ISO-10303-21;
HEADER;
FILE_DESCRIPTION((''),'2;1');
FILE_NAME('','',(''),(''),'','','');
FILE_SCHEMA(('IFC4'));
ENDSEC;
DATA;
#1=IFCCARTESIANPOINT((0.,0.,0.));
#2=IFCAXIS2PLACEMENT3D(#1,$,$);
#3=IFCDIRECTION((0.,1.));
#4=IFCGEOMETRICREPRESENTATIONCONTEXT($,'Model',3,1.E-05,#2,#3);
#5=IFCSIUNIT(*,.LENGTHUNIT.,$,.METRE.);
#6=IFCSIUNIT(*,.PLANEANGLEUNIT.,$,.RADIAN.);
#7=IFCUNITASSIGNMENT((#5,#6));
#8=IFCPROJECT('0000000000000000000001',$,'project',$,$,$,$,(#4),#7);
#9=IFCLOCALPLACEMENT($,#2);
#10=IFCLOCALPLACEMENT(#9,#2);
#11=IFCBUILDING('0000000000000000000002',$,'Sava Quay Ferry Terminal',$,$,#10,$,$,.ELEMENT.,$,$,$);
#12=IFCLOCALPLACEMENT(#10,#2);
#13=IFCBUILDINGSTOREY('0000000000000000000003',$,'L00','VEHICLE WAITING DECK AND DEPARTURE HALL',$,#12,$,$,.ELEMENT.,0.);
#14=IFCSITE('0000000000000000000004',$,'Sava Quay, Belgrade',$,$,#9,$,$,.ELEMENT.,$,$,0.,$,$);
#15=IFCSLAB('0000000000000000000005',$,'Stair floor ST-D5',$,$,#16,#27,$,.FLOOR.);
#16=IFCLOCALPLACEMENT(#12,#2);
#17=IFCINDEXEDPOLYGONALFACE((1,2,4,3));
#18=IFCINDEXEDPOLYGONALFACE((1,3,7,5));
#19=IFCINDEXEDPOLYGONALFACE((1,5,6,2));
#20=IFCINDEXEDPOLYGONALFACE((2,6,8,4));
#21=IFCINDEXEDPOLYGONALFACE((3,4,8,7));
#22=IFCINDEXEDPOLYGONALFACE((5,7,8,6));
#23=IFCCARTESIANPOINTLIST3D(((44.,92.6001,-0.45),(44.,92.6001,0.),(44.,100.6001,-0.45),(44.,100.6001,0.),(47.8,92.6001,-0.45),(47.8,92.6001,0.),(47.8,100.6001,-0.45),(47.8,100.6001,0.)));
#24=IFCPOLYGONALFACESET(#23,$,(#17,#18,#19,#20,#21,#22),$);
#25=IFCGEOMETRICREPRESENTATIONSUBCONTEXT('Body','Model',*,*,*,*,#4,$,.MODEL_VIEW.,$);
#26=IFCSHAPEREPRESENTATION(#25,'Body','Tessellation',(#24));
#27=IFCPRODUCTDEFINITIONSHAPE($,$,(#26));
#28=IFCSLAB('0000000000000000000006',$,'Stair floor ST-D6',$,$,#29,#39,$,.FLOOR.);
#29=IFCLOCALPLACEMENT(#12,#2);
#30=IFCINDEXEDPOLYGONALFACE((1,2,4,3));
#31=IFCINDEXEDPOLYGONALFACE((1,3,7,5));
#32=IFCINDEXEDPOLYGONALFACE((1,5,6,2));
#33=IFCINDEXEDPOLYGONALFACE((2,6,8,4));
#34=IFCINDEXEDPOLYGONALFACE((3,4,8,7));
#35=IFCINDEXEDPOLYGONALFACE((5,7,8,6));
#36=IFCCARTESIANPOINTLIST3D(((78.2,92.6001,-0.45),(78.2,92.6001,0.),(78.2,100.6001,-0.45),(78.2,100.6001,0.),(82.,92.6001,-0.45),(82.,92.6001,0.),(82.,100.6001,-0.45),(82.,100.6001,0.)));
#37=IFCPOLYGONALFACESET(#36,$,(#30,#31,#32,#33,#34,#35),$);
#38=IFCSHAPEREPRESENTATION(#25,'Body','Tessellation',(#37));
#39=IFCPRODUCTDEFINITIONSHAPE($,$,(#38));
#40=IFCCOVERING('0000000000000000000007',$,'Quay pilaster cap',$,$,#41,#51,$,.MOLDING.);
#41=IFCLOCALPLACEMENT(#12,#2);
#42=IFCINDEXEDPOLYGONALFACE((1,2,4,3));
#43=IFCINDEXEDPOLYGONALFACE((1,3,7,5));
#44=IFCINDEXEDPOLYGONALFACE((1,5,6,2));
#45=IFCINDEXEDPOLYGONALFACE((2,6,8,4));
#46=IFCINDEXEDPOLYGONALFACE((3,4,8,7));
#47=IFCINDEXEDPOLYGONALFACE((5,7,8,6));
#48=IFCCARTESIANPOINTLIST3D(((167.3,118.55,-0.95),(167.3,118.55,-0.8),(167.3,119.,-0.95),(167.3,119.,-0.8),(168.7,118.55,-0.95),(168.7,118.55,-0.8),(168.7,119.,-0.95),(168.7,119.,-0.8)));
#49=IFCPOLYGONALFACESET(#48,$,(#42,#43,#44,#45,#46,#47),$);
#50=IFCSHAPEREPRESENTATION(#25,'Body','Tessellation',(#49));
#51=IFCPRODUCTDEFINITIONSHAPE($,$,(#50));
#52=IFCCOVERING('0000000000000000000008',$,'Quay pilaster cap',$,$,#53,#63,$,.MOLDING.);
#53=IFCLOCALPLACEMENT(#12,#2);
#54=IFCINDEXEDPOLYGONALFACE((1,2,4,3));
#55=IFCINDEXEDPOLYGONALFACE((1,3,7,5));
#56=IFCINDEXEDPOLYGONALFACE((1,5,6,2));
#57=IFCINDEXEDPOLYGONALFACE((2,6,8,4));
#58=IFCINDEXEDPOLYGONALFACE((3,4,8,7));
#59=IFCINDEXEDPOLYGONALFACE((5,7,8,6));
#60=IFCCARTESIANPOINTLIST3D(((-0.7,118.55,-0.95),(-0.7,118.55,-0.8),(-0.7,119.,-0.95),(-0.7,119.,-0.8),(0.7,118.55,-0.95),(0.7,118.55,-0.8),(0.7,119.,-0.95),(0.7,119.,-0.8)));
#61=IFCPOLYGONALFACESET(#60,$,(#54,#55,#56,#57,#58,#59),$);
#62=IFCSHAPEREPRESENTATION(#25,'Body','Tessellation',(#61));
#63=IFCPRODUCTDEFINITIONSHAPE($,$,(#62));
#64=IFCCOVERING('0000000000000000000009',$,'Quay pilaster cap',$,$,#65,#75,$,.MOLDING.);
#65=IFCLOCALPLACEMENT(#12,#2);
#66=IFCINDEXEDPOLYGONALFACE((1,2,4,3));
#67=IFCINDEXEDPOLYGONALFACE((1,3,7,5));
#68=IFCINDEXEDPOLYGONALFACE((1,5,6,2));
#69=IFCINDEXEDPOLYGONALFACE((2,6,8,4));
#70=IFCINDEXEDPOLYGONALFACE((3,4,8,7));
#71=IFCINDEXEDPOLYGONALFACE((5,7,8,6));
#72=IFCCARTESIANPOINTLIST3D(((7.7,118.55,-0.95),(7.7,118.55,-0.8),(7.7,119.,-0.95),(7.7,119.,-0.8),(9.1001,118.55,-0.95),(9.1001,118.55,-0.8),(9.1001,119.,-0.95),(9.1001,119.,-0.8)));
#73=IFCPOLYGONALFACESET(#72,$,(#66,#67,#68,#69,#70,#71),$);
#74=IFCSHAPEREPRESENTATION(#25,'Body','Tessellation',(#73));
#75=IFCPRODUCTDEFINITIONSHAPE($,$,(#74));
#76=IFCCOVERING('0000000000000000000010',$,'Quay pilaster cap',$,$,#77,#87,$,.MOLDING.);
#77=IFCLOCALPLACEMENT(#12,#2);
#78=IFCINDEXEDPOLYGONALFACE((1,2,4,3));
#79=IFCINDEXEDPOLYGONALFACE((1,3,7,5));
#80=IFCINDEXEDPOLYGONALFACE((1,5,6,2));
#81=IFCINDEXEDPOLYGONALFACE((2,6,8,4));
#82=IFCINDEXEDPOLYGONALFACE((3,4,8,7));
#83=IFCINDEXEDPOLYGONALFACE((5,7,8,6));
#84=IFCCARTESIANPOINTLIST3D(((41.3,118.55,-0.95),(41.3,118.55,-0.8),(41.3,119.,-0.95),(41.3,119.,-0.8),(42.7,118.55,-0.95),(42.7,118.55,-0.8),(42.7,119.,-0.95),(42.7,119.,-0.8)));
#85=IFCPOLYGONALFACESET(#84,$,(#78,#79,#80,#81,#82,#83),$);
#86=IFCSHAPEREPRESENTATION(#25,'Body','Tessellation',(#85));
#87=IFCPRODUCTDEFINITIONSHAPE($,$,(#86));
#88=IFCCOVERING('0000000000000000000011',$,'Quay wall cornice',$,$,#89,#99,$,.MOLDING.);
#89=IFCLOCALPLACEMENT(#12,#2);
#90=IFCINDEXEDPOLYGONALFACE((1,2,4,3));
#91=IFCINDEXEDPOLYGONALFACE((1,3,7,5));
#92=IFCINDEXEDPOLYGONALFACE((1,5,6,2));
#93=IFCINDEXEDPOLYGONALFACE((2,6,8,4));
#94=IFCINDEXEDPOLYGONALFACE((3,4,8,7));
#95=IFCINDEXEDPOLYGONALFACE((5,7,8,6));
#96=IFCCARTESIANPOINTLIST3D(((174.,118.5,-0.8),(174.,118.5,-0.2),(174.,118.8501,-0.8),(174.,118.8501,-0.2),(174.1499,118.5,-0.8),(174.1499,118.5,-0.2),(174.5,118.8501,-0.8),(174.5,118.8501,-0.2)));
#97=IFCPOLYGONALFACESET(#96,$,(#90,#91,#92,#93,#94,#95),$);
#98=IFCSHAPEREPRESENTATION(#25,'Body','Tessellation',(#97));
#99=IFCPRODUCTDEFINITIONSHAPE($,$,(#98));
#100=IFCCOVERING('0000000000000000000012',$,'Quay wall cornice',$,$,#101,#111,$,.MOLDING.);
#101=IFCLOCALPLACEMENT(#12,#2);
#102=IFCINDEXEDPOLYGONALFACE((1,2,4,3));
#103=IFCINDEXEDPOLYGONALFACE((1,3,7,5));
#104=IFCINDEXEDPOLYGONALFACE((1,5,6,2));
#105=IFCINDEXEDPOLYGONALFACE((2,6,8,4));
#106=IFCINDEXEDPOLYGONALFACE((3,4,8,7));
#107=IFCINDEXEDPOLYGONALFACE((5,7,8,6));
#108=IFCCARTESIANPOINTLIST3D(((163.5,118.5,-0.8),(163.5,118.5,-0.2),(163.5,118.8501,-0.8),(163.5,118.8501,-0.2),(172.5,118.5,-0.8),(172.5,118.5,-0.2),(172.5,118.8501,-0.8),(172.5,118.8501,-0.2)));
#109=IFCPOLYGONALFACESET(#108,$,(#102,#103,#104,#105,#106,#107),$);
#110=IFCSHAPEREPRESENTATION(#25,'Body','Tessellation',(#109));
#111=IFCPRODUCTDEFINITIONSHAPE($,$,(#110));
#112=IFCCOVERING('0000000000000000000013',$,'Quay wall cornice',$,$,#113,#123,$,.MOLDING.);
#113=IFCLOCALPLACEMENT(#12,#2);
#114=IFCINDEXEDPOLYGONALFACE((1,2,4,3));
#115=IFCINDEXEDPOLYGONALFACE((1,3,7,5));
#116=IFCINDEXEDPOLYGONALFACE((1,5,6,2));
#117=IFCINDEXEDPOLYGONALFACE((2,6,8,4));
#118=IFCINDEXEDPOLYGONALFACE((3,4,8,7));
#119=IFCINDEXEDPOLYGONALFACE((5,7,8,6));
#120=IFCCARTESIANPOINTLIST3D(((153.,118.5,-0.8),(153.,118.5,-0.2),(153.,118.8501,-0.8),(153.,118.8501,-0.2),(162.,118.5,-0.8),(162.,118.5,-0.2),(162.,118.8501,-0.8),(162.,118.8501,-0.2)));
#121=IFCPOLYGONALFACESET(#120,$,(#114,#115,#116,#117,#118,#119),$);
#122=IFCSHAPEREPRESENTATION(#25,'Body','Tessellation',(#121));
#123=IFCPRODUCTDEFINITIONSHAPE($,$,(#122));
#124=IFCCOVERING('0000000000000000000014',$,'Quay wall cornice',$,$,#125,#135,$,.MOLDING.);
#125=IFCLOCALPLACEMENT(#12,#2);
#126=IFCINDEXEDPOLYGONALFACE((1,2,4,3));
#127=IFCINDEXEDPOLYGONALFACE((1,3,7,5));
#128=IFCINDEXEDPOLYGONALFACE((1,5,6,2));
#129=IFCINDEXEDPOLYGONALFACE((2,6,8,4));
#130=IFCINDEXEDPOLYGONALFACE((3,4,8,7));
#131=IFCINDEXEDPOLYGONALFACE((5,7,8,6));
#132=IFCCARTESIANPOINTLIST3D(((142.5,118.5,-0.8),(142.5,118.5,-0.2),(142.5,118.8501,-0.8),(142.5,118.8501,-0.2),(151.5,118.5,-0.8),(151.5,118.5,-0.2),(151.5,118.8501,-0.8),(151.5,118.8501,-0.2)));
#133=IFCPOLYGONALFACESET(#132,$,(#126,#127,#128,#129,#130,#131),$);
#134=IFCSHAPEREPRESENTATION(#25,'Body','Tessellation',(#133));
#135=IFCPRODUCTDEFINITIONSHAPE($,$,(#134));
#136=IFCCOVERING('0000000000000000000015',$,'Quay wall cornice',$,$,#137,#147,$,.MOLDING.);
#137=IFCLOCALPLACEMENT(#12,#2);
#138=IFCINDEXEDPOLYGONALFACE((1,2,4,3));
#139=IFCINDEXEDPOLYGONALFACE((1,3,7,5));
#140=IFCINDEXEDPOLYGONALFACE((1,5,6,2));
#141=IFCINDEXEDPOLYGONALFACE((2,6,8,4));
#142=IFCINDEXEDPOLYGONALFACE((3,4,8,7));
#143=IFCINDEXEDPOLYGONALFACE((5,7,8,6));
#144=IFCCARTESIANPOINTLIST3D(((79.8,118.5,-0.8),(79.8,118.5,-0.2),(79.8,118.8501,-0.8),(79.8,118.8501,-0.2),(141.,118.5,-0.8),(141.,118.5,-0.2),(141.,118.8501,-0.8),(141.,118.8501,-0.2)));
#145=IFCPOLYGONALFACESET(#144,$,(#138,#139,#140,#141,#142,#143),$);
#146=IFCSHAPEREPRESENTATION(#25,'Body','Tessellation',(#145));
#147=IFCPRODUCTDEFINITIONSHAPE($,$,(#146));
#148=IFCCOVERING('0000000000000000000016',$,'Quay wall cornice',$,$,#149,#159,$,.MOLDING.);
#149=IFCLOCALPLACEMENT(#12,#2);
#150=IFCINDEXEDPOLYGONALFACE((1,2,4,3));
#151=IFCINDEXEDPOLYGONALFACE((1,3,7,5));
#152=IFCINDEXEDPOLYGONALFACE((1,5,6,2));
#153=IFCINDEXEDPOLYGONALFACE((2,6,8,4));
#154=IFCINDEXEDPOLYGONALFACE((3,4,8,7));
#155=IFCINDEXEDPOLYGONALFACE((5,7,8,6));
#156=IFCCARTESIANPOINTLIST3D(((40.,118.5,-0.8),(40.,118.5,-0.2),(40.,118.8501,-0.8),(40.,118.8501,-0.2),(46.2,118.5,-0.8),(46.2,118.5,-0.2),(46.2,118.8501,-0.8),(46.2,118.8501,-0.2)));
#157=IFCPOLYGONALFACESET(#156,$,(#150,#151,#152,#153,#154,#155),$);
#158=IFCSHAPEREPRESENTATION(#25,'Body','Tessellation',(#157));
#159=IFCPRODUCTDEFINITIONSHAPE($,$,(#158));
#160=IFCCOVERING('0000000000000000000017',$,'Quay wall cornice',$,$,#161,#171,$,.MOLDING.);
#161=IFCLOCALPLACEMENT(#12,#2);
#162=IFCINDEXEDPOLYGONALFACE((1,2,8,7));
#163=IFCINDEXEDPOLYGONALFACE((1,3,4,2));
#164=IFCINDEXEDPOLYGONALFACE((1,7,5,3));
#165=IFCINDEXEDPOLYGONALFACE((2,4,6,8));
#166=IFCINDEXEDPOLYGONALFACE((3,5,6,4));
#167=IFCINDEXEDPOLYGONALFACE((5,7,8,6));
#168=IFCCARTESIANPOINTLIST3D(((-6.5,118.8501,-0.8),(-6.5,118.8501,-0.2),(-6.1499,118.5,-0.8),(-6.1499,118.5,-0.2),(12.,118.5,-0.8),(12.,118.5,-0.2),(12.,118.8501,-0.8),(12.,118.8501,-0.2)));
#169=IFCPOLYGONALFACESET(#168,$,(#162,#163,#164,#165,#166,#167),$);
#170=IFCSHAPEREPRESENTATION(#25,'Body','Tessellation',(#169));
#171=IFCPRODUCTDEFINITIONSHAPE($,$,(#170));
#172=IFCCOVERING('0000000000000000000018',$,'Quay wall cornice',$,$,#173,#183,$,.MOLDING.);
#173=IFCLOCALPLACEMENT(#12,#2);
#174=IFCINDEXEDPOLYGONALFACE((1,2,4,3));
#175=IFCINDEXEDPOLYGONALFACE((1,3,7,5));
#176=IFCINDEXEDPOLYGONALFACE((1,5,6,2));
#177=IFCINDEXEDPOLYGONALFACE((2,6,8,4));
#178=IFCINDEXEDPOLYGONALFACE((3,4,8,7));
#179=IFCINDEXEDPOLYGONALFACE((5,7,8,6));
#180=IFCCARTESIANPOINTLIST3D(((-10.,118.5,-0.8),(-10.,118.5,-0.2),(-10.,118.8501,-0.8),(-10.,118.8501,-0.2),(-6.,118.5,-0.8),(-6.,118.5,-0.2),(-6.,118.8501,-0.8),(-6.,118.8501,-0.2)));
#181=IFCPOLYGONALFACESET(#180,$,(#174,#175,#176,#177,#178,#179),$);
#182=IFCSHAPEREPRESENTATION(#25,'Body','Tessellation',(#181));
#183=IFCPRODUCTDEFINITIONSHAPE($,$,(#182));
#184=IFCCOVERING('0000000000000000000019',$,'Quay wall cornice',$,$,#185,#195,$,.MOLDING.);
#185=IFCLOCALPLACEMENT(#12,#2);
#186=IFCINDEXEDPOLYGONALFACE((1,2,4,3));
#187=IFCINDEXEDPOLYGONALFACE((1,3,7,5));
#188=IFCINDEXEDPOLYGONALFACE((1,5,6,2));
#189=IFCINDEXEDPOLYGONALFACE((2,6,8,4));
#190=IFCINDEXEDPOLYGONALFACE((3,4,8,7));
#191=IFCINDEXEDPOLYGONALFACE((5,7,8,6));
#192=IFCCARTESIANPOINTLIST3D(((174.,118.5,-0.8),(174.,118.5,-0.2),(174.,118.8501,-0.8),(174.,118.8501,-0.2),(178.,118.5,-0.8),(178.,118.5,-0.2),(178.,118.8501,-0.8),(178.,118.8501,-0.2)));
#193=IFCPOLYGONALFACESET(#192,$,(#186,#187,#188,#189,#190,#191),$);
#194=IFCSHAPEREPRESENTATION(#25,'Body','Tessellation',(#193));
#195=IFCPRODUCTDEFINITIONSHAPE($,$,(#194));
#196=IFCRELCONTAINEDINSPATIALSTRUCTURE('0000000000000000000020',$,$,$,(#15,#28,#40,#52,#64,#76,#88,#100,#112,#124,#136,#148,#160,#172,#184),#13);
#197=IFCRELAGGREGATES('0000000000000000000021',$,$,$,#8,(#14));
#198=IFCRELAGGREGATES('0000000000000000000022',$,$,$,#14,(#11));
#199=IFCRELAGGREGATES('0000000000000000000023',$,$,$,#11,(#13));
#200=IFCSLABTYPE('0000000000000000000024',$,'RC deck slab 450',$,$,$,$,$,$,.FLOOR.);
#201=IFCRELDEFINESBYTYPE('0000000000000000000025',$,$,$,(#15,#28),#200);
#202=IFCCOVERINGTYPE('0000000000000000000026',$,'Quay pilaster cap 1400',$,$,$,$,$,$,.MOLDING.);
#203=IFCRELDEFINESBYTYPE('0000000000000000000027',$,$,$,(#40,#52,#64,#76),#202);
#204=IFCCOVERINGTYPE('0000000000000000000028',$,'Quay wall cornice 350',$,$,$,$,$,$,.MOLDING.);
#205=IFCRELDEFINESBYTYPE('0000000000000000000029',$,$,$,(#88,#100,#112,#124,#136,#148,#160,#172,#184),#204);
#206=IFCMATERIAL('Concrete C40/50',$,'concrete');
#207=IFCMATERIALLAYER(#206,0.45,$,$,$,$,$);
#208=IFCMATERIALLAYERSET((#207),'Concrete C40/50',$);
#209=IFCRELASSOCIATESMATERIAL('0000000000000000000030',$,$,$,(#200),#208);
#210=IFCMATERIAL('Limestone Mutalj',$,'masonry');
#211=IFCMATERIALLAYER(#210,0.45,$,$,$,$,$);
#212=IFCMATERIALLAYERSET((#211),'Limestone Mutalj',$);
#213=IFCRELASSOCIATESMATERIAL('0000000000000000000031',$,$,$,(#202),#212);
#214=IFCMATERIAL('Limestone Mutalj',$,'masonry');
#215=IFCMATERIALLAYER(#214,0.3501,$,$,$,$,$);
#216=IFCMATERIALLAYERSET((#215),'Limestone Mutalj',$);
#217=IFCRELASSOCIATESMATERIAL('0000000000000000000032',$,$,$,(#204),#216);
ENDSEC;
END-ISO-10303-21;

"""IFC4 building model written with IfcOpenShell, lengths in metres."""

from ifc_helpers import new_model, si_unit, direction, frame, origin, place, context, subcontext, project, spatial, polyline, outline, extrude, material, layer, layer_set, type_object, element, save


model = new_model("IFC4")

# Units and contexts
model_context = context("Model", 3, precision=1e-05, world=origin(), true_north=direction((0.0, 1.0)))
body_context = subcontext(model_context, "Body", "Model", "MODEL_VIEW")
ifc_project = project(units=[si_unit("LENGTHUNIT", "METRE"), si_unit("PLANEANGLEUNIT", "RADIAN")], contexts=[model_context])

# Site, building, storey
site_placement = place(None, origin())
site = spatial("IfcSite", under=ifc_project, at=site_placement, Name="Sava Quay, Belgrade", CompositionType="ELEMENT", RefElevation=0.0)
building_placement = place(site_placement, origin())
building = spatial("IfcBuilding", under=site, at=building_placement, Name="Sava Quay Ferry Terminal", CompositionType="ELEMENT")
storey_placement = place(building_placement, origin())
storey = spatial("IfcBuildingStorey", under=building, at=storey_placement, Name="L00", Description="VEHICLE WAITING DECK AND DEPARTURE HALL", CompositionType="ELEMENT", Elevation=0.0)

# Slabs
ifc_material_1 = material(Name="Concrete C40/50", Category="concrete")
ifc_layer_1 = layer(ifc_material_1, 0.45)
ifc_layer_set_1 = layer_set([ifc_layer_1], Name="Concrete C40/50")
slab_type = type_object("IfcSlabType", Name="RC deck slab 450", PredefinedType="FLOOR", material=ifc_layer_set_1)
slab_1_placement = place(storey_placement, frame((0.0, 0.0, -0.45)))
element("IfcSlab", 1, at=slab_1_placement, inside=storey, type_object=slab_type, Name="Stair floor ST-D5", PredefinedType="FLOOR", context=body_context, shape_type="SweptSolid", body=[
    extrude(outline(polyline([(44.0, 92.6001), (47.8, 92.6001), (47.8, 100.6001), (44.0, 100.6001), (44.0, 92.6001)])), origin(), (0.0, 0.0, 1.0), 0.45),
])
slab_2_placement = place(storey_placement, frame((0.0, 0.0, -0.45)))
element("IfcSlab", 2, at=slab_2_placement, inside=storey, type_object=slab_type, Name="Stair floor ST-D6", PredefinedType="FLOOR", context=body_context, shape_type="SweptSolid", body=[
    extrude(outline(polyline([(78.2, 92.6001), (82.0, 92.6001), (82.0, 100.6001), (78.2, 100.6001), (78.2, 92.6001)])), origin(), (0.0, 0.0, 1.0), 0.45),
])

# Coverings
ifc_material_2 = material(Name="Limestone Mutalj", Category="masonry")
ifc_layer_2 = layer(ifc_material_2, 0.45)
ifc_layer_set_2 = layer_set([ifc_layer_2], Name="Limestone Mutalj")
covering_type_1 = type_object("IfcCoveringType", Name="Quay pilaster cap 1400", PredefinedType="MOLDING", material=ifc_layer_set_2)
covering_1_placement = place(storey_placement, frame((0.0, 0.0, -0.95)))
element("IfcCovering", 3, at=covering_1_placement, inside=storey, type_object=covering_type_1, Name="Quay pilaster cap", PredefinedType="MOLDING", context=body_context, shape_type="SweptSolid", body=[
    extrude(outline(polyline([(168.7, 118.55), (168.7, 119.0), (167.3, 119.0), (167.3, 118.55), (168.7, 118.55)])), origin(), (0.0, 0.0, 1.0), 0.1499),
])
covering_2_placement = place(storey_placement, frame((0.0, 0.0, -0.95)))
element("IfcCovering", 4, at=covering_2_placement, inside=storey, type_object=covering_type_1, Name="Quay pilaster cap", PredefinedType="MOLDING", context=body_context, shape_type="SweptSolid", body=[
    extrude(outline(polyline([(0.7, 118.55), (0.7, 119.0), (-0.7, 119.0), (-0.7, 118.55), (0.7, 118.55)])), origin(), (0.0, 0.0, 1.0), 0.1499),
])
covering_3_placement = place(storey_placement, frame((0.0, 0.0, -0.95)))
element("IfcCovering", 5, at=covering_3_placement, inside=storey, type_object=covering_type_1, Name="Quay pilaster cap", PredefinedType="MOLDING", context=body_context, shape_type="SweptSolid", body=[
    extrude(outline(polyline([(9.1001, 118.55), (9.1001, 119.0), (7.7, 119.0), (7.7, 118.55), (9.1001, 118.55)])), origin(), (0.0, 0.0, 1.0), 0.1499),
])
covering_4_placement = place(storey_placement, frame((0.0, 0.0, -0.95)))
element("IfcCovering", 6, at=covering_4_placement, inside=storey, type_object=covering_type_1, Name="Quay pilaster cap", PredefinedType="MOLDING", context=body_context, shape_type="SweptSolid", body=[
    extrude(outline(polyline([(42.7, 118.55), (42.7, 119.0), (41.3, 119.0), (41.3, 118.55), (42.7, 118.55)])), origin(), (0.0, 0.0, 1.0), 0.1499),
])
ifc_material_3 = material(Name="Limestone Mutalj", Category="masonry")
ifc_layer_3 = layer(ifc_material_3, 0.3501)
ifc_layer_set_3 = layer_set([ifc_layer_3], Name="Limestone Mutalj")
covering_type_2 = type_object("IfcCoveringType", Name="Quay wall cornice 350", PredefinedType="MOLDING", material=ifc_layer_set_3)
covering_5_placement = place(storey_placement, frame((0.0, 0.0, -0.8)))
element("IfcCovering", 7, at=covering_5_placement, inside=storey, type_object=covering_type_2, Name="Quay wall cornice", PredefinedType="MOLDING", context=body_context, shape_type="SweptSolid", body=[
    extrude(outline(polyline([(174.5, 118.8501), (174.0, 118.8501), (174.0, 118.5), (174.1499, 118.5), (174.5, 118.8501)])), origin(), (0.0, 0.0, 1.0), 0.6001),
])
covering_6_placement = place(storey_placement, frame((0.0, 0.0, -0.8)))
element("IfcCovering", 8, at=covering_6_placement, inside=storey, type_object=covering_type_2, Name="Quay wall cornice", PredefinedType="MOLDING", context=body_context, shape_type="SweptSolid", body=[
    extrude(outline(polyline([(172.5, 118.8501), (163.5, 118.8501), (163.5, 118.5), (172.5, 118.5), (172.5, 118.8501)])), origin(), (0.0, 0.0, 1.0), 0.6001),
])
covering_7_placement = place(storey_placement, frame((0.0, 0.0, -0.8)))
element("IfcCovering", 9, at=covering_7_placement, inside=storey, type_object=covering_type_2, Name="Quay wall cornice", PredefinedType="MOLDING", context=body_context, shape_type="SweptSolid", body=[
    extrude(outline(polyline([(162.0, 118.8501), (153.0, 118.8501), (153.0, 118.5), (162.0, 118.5), (162.0, 118.8501)])), origin(), (0.0, 0.0, 1.0), 0.6001),
])
covering_8_placement = place(storey_placement, frame((0.0, 0.0, -0.8)))
element("IfcCovering", 10, at=covering_8_placement, inside=storey, type_object=covering_type_2, Name="Quay wall cornice", PredefinedType="MOLDING", context=body_context, shape_type="SweptSolid", body=[
    extrude(outline(polyline([(151.5, 118.8501), (142.5, 118.8501), (142.5, 118.5), (151.5, 118.5), (151.5, 118.8501)])), origin(), (0.0, 0.0, 1.0), 0.6001),
])
covering_9_placement = place(storey_placement, frame((0.0, 0.0, -0.8)))
element("IfcCovering", 11, at=covering_9_placement, inside=storey, type_object=covering_type_2, Name="Quay wall cornice", PredefinedType="MOLDING", context=body_context, shape_type="SweptSolid", body=[
    extrude(outline(polyline([(141.0, 118.8501), (79.8, 118.8501), (79.8, 118.5), (141.0, 118.5), (141.0, 118.8501)])), origin(), (0.0, 0.0, 1.0), 0.6001),
])
covering_10_placement = place(storey_placement, frame((0.0, 0.0, -0.8)))
element("IfcCovering", 12, at=covering_10_placement, inside=storey, type_object=covering_type_2, Name="Quay wall cornice", PredefinedType="MOLDING", context=body_context, shape_type="SweptSolid", body=[
    extrude(outline(polyline([(40.0, 118.8501), (40.0, 118.5), (46.2, 118.5), (46.2, 118.8501), (40.0, 118.8501)])), origin(), (0.0, 0.0, 1.0), 0.6001),
])
covering_11_placement = place(storey_placement, frame((0.0, 0.0, -0.8)))
element("IfcCovering", 13, at=covering_11_placement, inside=storey, type_object=covering_type_2, Name="Quay wall cornice", PredefinedType="MOLDING", context=body_context, shape_type="SweptSolid", body=[
    extrude(outline(polyline([(12.0, 118.8501), (-6.5, 118.8501), (-6.1499, 118.5), (12.0, 118.5), (12.0, 118.8501)])), origin(), (0.0, 0.0, 1.0), 0.6001),
])
covering_12_placement = place(storey_placement, frame((0.0, 0.0, -0.8)))
element("IfcCovering", 14, at=covering_12_placement, inside=storey, type_object=covering_type_2, Name="Quay wall cornice", PredefinedType="MOLDING", context=body_context, shape_type="SweptSolid", body=[
    extrude(outline(polyline([(-6.0, 118.5), (-6.0, 118.8501), (-10.0, 118.8501), (-10.0, 118.5), (-6.0, 118.5)])), origin(), (0.0, 0.0, 1.0), 0.6001),
])
covering_13_placement = place(storey_placement, frame((0.0, 0.0, -0.8)))
element("IfcCovering", 15, at=covering_13_placement, inside=storey, type_object=covering_type_2, Name="Quay wall cornice", PredefinedType="MOLDING", context=body_context, shape_type="SweptSolid", body=[
    extrude(outline(polyline([(178.0, 118.5), (178.0, 118.8501), (174.0, 118.8501), (174.0, 118.5), (178.0, 118.5)])), origin(), (0.0, 0.0, 1.0), 0.6001),
])

save(model, "model.ifc")
